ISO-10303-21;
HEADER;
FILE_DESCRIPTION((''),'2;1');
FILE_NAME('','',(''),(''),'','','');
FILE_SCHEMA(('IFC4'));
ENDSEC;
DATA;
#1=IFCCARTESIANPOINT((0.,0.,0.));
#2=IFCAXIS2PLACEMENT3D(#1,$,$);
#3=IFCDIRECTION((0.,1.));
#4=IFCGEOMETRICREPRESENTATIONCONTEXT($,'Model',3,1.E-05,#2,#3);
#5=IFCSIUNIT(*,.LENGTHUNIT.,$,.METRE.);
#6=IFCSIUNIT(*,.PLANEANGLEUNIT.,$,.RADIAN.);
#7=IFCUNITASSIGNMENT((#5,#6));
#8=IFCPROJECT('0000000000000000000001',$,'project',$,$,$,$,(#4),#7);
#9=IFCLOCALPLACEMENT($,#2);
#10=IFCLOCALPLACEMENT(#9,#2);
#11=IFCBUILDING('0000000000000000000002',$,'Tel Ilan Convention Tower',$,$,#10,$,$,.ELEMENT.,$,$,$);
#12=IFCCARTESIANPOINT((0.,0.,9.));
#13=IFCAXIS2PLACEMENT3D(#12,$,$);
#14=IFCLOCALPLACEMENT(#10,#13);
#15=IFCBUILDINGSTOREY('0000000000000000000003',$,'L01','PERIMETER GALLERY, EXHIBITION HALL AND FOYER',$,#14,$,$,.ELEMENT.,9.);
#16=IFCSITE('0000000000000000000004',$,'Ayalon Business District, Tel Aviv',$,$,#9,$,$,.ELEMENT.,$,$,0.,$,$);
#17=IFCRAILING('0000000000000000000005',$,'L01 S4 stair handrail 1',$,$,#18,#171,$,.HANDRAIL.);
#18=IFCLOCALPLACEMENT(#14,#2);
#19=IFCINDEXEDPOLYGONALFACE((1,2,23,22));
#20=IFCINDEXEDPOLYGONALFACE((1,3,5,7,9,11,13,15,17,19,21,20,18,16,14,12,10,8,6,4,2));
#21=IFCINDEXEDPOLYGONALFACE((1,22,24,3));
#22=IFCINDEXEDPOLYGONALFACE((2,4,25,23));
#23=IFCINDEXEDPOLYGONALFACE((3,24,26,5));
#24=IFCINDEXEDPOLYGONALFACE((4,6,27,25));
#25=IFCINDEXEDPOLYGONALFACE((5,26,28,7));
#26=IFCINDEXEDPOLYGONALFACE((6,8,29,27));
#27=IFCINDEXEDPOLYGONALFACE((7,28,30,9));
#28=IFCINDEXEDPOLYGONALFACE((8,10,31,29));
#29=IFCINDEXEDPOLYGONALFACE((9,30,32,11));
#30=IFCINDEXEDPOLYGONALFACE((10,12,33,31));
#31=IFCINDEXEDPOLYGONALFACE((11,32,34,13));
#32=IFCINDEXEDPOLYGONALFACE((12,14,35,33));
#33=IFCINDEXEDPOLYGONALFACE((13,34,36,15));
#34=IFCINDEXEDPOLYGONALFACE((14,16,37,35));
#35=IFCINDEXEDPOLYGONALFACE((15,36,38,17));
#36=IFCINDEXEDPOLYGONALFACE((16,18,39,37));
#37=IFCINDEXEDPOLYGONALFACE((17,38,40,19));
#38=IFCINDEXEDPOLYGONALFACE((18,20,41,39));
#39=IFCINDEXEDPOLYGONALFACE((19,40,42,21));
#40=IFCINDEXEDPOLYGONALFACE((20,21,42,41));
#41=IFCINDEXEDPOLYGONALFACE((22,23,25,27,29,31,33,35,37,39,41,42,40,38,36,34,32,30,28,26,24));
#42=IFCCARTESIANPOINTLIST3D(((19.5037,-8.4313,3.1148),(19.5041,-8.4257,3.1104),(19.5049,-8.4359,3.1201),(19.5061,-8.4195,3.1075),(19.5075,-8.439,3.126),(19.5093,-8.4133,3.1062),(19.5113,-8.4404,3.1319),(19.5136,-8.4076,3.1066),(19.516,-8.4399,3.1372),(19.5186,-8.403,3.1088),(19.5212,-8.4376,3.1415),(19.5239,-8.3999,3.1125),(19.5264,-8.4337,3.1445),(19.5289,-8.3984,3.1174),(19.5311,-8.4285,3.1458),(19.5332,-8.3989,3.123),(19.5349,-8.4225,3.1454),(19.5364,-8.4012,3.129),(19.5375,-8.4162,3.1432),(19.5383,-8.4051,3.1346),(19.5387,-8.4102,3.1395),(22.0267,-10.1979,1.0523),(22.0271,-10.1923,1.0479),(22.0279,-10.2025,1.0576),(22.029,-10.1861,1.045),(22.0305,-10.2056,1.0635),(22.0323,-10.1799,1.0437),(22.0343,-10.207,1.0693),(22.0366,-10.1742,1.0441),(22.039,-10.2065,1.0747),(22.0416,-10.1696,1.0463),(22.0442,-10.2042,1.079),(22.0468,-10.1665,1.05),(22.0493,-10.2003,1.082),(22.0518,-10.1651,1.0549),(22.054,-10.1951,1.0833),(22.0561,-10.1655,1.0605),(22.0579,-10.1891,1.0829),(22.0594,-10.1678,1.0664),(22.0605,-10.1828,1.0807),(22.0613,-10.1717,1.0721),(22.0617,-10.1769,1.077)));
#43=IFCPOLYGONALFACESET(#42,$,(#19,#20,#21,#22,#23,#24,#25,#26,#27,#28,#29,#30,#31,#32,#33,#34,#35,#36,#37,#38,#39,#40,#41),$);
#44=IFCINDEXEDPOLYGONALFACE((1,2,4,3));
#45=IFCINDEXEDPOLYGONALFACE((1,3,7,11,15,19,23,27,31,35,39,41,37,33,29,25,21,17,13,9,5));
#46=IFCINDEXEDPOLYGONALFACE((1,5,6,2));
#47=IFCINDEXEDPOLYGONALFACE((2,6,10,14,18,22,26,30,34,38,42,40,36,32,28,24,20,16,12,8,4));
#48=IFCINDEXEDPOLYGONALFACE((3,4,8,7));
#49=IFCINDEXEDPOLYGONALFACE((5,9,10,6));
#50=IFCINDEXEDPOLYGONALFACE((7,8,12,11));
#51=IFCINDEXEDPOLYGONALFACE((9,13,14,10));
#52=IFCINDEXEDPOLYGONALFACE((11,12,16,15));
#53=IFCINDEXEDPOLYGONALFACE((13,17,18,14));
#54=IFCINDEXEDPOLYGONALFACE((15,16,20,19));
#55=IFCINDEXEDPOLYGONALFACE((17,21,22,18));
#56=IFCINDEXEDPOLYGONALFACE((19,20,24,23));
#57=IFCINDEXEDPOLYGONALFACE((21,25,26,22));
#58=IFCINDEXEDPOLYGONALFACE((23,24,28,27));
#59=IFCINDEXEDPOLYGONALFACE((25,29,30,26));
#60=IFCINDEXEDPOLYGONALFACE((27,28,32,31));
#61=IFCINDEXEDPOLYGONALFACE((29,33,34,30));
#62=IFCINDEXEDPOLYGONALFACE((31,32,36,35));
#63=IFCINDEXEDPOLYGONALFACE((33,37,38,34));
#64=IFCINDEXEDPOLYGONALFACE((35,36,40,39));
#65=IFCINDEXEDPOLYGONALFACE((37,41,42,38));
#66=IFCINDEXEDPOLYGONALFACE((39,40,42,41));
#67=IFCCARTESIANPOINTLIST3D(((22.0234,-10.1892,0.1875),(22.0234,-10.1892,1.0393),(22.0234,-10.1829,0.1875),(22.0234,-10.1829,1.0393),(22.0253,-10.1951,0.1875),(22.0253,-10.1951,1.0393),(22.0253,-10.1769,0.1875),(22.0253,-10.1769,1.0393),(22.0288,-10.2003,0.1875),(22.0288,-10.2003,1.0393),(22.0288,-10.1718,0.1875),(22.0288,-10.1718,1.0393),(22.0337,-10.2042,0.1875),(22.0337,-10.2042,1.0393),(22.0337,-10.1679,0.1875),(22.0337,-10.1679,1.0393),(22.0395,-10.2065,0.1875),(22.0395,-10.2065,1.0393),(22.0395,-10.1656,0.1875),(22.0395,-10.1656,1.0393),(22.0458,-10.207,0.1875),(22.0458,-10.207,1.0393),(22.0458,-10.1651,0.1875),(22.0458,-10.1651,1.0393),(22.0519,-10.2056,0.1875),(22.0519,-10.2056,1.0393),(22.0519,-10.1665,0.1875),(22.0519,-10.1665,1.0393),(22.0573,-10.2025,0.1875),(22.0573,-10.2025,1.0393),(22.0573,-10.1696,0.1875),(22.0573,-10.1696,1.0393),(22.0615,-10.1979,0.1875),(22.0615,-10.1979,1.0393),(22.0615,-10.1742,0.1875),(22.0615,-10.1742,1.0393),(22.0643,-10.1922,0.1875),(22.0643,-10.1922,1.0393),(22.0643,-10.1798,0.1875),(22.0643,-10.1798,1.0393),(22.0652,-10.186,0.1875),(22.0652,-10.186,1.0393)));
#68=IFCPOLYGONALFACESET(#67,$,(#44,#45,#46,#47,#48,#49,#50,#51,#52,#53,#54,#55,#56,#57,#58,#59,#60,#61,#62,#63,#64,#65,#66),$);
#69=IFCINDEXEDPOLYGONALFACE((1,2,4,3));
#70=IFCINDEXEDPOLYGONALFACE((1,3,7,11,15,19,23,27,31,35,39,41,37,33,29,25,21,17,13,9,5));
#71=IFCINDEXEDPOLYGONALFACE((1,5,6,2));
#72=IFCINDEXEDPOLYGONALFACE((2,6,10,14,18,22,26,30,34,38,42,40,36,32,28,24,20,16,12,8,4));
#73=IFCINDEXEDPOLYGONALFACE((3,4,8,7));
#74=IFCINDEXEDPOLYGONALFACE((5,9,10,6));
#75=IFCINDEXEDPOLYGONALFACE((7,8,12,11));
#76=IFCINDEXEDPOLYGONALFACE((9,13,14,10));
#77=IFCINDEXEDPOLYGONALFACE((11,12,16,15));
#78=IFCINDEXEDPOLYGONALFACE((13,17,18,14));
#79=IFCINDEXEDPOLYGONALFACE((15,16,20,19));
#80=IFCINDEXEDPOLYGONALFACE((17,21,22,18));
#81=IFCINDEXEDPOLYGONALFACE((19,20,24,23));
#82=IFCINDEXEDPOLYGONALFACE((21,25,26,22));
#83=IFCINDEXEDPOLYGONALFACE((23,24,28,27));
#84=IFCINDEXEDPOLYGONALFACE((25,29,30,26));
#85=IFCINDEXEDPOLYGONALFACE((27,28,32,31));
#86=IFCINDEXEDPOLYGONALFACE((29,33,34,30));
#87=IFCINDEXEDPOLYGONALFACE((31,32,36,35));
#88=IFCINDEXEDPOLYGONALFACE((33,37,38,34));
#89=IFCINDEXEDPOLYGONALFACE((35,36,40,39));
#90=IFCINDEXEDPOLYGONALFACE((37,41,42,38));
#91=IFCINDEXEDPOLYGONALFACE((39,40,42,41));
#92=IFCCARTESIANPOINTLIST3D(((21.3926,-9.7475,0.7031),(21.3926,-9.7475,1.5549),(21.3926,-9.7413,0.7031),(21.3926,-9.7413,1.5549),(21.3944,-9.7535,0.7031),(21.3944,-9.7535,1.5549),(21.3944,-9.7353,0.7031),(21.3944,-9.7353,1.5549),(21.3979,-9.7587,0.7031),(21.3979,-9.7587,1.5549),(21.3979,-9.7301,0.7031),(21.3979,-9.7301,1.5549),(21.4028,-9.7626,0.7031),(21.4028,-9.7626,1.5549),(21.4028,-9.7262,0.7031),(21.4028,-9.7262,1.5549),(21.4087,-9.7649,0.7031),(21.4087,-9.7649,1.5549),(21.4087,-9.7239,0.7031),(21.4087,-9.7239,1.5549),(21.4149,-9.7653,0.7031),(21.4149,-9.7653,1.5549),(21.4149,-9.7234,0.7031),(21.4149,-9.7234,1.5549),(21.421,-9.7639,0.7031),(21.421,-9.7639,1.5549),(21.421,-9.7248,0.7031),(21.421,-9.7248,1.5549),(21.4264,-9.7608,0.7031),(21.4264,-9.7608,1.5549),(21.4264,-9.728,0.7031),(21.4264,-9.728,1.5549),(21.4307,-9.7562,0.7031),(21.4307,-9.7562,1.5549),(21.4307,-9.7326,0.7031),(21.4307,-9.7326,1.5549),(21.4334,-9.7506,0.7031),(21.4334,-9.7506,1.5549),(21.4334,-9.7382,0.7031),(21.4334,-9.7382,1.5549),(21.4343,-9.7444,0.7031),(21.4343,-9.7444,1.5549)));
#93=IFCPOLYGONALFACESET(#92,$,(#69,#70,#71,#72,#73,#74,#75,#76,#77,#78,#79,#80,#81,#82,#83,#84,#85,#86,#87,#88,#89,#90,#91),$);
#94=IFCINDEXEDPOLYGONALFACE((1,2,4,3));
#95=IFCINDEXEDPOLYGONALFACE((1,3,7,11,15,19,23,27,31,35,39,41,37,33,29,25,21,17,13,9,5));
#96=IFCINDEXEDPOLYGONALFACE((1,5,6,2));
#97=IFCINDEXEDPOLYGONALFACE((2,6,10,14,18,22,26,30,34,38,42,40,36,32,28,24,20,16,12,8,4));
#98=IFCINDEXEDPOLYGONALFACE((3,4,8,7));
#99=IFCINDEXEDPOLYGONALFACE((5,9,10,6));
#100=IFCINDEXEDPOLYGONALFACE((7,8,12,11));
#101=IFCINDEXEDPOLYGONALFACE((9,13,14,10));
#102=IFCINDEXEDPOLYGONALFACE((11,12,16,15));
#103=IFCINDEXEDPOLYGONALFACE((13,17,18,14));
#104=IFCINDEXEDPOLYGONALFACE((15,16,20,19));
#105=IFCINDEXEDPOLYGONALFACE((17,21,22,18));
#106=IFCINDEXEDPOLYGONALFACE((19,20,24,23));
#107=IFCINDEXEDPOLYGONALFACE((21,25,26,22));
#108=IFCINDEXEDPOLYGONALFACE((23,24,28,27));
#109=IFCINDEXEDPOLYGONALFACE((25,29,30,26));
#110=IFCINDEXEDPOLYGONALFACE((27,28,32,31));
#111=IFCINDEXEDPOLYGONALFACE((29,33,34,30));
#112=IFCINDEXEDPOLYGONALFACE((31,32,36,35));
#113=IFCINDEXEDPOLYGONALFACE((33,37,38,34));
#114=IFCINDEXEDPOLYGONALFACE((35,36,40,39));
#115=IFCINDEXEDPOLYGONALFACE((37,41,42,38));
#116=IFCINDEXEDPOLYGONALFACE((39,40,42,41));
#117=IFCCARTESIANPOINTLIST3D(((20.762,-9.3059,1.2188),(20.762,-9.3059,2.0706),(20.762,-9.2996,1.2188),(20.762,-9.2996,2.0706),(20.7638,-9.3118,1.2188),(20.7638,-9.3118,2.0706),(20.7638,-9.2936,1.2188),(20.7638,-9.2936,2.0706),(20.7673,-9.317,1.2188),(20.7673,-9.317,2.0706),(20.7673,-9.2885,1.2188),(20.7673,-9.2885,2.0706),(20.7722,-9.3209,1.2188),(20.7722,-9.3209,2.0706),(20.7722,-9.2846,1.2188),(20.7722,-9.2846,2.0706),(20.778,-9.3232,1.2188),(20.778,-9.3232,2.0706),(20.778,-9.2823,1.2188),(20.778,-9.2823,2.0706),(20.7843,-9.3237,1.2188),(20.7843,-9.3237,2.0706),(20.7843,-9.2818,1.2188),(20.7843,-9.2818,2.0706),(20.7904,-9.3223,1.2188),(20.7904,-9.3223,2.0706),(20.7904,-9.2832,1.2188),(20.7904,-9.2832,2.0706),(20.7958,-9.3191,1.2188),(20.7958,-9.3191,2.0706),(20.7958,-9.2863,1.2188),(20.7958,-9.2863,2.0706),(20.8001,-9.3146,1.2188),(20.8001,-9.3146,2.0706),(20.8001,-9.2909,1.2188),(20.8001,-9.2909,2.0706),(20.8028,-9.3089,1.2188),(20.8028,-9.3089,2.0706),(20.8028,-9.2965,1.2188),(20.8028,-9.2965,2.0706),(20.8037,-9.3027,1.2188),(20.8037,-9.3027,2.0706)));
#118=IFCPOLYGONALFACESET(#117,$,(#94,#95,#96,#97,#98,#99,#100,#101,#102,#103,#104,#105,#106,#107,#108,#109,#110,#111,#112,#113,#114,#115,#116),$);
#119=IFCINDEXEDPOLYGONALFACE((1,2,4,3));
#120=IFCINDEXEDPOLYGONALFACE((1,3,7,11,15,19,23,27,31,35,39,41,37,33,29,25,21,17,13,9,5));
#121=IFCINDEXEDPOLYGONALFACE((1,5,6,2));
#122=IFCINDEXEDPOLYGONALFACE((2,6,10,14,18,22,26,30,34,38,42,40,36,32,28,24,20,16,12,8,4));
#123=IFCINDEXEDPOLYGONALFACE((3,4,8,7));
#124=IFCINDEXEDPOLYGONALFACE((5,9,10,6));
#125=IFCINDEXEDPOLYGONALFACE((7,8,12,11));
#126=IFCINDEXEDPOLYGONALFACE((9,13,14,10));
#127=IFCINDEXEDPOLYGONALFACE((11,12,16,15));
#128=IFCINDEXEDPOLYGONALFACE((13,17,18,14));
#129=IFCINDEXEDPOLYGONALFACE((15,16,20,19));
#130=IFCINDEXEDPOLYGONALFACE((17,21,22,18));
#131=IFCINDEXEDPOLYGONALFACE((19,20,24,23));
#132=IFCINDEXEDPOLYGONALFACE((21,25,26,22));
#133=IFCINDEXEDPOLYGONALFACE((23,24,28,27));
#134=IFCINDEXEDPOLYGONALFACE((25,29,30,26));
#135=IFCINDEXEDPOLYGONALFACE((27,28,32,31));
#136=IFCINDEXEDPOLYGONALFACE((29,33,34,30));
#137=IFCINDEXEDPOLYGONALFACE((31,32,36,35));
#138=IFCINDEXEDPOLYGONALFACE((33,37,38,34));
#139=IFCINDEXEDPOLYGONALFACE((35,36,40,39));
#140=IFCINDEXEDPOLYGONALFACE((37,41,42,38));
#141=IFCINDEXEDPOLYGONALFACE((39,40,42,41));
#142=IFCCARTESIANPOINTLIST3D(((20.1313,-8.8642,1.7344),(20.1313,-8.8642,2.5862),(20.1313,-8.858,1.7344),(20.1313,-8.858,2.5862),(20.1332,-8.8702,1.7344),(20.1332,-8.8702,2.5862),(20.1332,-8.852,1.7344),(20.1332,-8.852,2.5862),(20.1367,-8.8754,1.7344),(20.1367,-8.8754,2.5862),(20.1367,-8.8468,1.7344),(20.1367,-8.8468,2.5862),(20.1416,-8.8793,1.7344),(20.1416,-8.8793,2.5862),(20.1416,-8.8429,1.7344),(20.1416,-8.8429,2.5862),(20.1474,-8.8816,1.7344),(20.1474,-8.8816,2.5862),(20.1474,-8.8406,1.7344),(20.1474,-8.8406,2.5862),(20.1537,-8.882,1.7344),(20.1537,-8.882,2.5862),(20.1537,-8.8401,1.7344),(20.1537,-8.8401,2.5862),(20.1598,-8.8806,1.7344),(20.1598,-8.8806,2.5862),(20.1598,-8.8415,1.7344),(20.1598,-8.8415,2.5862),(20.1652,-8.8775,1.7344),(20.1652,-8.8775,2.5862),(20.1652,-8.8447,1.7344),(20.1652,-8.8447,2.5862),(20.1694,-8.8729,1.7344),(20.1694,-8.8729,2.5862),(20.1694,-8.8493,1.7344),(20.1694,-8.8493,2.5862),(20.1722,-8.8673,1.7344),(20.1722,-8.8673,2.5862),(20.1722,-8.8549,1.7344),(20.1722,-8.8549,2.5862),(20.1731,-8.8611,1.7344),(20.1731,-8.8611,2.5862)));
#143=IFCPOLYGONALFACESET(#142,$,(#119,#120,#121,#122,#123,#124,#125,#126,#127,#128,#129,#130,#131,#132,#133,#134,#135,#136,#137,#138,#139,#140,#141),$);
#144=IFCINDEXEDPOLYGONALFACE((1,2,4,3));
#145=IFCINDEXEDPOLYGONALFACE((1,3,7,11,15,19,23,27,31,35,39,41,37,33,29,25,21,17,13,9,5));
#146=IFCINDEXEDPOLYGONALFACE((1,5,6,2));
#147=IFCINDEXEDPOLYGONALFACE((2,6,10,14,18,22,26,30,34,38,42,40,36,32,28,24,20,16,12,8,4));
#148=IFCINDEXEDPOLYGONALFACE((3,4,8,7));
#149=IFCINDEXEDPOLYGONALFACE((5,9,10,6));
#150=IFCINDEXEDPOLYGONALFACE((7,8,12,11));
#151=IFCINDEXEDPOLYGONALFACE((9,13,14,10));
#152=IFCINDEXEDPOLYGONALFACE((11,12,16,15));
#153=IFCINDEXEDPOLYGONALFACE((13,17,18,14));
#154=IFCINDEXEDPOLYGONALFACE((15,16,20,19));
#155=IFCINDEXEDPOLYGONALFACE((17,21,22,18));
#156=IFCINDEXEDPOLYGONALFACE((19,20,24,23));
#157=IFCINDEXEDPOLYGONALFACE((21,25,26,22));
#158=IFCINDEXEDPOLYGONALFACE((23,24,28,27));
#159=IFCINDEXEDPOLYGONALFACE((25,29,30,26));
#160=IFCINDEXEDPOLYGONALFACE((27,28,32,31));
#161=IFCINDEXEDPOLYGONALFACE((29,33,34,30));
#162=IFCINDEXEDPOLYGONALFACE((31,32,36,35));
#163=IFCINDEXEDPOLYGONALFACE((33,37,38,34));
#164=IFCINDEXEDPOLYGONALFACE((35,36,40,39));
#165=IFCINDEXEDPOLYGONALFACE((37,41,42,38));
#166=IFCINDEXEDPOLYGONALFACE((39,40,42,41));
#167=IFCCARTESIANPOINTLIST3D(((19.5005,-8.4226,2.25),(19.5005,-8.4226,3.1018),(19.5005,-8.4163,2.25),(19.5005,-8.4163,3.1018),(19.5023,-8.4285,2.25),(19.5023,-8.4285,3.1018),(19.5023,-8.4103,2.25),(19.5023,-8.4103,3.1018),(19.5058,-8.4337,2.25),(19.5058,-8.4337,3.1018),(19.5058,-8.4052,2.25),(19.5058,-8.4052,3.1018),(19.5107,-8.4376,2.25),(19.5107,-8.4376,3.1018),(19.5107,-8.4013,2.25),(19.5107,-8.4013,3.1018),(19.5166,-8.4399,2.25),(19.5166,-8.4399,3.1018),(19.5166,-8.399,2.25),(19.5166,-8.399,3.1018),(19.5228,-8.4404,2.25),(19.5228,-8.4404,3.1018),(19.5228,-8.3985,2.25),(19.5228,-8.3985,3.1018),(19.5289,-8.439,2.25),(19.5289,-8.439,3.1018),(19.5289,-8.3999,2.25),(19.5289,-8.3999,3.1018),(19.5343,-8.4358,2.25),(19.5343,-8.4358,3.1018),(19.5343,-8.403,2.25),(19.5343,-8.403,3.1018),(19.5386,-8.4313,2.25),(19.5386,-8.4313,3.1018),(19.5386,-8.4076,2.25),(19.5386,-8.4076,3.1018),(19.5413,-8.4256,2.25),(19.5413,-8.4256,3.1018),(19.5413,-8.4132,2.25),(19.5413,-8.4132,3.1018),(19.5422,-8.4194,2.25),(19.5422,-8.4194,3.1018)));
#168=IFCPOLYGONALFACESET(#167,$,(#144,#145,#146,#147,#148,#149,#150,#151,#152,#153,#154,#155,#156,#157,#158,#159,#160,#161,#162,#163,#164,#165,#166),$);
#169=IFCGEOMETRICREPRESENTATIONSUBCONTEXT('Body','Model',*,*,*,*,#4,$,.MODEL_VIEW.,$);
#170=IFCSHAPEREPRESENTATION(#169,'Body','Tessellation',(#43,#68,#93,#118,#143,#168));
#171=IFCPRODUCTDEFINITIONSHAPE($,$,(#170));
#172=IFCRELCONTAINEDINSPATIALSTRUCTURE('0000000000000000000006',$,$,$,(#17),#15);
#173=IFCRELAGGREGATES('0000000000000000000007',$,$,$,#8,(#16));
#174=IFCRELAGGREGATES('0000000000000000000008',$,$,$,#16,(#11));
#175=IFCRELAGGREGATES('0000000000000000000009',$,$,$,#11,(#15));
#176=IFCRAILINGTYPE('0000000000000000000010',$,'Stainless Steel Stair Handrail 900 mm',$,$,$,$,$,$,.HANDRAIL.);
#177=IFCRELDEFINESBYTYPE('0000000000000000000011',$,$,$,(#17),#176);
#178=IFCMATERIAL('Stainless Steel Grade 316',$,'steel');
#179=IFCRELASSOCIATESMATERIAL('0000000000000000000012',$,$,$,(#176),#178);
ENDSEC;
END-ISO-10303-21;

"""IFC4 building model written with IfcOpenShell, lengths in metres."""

from ifc_helpers import new_model, si_unit, direction, frame, origin, origin_2d, place, context, subcontext, project, spatial, circle, extrude, material, type_object, element, save


model = new_model("IFC4")

# Units and contexts
model_context = context("Model", 3, precision=1e-05, world=origin(), true_north=direction((0.0, 1.0)))
body_context = subcontext(model_context, "Body", "Model", "MODEL_VIEW")
ifc_project = project(units=[si_unit("LENGTHUNIT", "METRE"), si_unit("PLANEANGLEUNIT", "RADIAN")], contexts=[model_context])

# Site, building, storey
site_placement = place(None, origin())
site = spatial("IfcSite", under=ifc_project, at=site_placement, Name="Ayalon Business District, Tel Aviv", CompositionType="ELEMENT", RefElevation=0.0)
building_placement = place(site_placement, origin())
building = spatial("IfcBuilding", under=site, at=building_placement, Name="Tel Ilan Convention Tower", CompositionType="ELEMENT")
storey_placement = place(building_placement, frame((0.0, 0.0, 9.0)))
storey = spatial("IfcBuildingStorey", under=building, at=storey_placement, Name="L01", Description="PERIMETER GALLERY, EXHIBITION HALL AND FOYER", CompositionType="ELEMENT", Elevation=9.0)

# Railing
ifc_material_1 = material(Name="Stainless Steel Grade 316", Category="steel")
railing_type_1 = type_object("IfcRailingType", Name="Stainless Steel Stair Handrail 900 mm", PredefinedType="HANDRAIL", material=ifc_material_1)
for number, where, name in (
    (1, (22.0442, -10.186, 0.1875), "L01 S4 stair handrail 1"),
):
    element("IfcRailing", number, at=place(storey_placement, frame(where)), inside=storey, type_object=railing_type_1, Name=name, PredefinedType="HANDRAIL", context=body_context, shape_type="SweptSolid", body=[
        extrude(circle(Radius=0.0239, at=origin_2d()), frame((0.0, 0.0, 0.876), z_axis=(-0.680635, 0.476589, 0.556416), x_axis=(-0.573579, -0.81915, 0.0)), (0.0, 0.0, 1.0), 3.7068),
        extrude(circle(Radius=0.021, at=origin_2d()), origin(), (0.0, 0.0, 1.0), 0.8518),
        extrude(circle(Radius=0.021, at=origin_2d()), frame((-0.6309, 0.4417, 0.5156)), (0.0, 0.0, 1.0), 0.8518),
        extrude(circle(Radius=0.021, at=origin_2d()), frame((-1.2615, 0.8833, 1.0312)), (0.0, 0.0, 1.0), 0.8518),
        extrude(circle(Radius=0.021, at=origin_2d()), frame((-1.8921, 1.325, 1.5469)), (0.0, 0.0, 1.0), 0.8518),
        extrude(circle(Radius=0.021, at=origin_2d()), frame((-2.5229, 1.7666, 2.0625)), (0.0, 0.0, 1.0), 0.8518),
    ])

save(model, "model.ifc")
